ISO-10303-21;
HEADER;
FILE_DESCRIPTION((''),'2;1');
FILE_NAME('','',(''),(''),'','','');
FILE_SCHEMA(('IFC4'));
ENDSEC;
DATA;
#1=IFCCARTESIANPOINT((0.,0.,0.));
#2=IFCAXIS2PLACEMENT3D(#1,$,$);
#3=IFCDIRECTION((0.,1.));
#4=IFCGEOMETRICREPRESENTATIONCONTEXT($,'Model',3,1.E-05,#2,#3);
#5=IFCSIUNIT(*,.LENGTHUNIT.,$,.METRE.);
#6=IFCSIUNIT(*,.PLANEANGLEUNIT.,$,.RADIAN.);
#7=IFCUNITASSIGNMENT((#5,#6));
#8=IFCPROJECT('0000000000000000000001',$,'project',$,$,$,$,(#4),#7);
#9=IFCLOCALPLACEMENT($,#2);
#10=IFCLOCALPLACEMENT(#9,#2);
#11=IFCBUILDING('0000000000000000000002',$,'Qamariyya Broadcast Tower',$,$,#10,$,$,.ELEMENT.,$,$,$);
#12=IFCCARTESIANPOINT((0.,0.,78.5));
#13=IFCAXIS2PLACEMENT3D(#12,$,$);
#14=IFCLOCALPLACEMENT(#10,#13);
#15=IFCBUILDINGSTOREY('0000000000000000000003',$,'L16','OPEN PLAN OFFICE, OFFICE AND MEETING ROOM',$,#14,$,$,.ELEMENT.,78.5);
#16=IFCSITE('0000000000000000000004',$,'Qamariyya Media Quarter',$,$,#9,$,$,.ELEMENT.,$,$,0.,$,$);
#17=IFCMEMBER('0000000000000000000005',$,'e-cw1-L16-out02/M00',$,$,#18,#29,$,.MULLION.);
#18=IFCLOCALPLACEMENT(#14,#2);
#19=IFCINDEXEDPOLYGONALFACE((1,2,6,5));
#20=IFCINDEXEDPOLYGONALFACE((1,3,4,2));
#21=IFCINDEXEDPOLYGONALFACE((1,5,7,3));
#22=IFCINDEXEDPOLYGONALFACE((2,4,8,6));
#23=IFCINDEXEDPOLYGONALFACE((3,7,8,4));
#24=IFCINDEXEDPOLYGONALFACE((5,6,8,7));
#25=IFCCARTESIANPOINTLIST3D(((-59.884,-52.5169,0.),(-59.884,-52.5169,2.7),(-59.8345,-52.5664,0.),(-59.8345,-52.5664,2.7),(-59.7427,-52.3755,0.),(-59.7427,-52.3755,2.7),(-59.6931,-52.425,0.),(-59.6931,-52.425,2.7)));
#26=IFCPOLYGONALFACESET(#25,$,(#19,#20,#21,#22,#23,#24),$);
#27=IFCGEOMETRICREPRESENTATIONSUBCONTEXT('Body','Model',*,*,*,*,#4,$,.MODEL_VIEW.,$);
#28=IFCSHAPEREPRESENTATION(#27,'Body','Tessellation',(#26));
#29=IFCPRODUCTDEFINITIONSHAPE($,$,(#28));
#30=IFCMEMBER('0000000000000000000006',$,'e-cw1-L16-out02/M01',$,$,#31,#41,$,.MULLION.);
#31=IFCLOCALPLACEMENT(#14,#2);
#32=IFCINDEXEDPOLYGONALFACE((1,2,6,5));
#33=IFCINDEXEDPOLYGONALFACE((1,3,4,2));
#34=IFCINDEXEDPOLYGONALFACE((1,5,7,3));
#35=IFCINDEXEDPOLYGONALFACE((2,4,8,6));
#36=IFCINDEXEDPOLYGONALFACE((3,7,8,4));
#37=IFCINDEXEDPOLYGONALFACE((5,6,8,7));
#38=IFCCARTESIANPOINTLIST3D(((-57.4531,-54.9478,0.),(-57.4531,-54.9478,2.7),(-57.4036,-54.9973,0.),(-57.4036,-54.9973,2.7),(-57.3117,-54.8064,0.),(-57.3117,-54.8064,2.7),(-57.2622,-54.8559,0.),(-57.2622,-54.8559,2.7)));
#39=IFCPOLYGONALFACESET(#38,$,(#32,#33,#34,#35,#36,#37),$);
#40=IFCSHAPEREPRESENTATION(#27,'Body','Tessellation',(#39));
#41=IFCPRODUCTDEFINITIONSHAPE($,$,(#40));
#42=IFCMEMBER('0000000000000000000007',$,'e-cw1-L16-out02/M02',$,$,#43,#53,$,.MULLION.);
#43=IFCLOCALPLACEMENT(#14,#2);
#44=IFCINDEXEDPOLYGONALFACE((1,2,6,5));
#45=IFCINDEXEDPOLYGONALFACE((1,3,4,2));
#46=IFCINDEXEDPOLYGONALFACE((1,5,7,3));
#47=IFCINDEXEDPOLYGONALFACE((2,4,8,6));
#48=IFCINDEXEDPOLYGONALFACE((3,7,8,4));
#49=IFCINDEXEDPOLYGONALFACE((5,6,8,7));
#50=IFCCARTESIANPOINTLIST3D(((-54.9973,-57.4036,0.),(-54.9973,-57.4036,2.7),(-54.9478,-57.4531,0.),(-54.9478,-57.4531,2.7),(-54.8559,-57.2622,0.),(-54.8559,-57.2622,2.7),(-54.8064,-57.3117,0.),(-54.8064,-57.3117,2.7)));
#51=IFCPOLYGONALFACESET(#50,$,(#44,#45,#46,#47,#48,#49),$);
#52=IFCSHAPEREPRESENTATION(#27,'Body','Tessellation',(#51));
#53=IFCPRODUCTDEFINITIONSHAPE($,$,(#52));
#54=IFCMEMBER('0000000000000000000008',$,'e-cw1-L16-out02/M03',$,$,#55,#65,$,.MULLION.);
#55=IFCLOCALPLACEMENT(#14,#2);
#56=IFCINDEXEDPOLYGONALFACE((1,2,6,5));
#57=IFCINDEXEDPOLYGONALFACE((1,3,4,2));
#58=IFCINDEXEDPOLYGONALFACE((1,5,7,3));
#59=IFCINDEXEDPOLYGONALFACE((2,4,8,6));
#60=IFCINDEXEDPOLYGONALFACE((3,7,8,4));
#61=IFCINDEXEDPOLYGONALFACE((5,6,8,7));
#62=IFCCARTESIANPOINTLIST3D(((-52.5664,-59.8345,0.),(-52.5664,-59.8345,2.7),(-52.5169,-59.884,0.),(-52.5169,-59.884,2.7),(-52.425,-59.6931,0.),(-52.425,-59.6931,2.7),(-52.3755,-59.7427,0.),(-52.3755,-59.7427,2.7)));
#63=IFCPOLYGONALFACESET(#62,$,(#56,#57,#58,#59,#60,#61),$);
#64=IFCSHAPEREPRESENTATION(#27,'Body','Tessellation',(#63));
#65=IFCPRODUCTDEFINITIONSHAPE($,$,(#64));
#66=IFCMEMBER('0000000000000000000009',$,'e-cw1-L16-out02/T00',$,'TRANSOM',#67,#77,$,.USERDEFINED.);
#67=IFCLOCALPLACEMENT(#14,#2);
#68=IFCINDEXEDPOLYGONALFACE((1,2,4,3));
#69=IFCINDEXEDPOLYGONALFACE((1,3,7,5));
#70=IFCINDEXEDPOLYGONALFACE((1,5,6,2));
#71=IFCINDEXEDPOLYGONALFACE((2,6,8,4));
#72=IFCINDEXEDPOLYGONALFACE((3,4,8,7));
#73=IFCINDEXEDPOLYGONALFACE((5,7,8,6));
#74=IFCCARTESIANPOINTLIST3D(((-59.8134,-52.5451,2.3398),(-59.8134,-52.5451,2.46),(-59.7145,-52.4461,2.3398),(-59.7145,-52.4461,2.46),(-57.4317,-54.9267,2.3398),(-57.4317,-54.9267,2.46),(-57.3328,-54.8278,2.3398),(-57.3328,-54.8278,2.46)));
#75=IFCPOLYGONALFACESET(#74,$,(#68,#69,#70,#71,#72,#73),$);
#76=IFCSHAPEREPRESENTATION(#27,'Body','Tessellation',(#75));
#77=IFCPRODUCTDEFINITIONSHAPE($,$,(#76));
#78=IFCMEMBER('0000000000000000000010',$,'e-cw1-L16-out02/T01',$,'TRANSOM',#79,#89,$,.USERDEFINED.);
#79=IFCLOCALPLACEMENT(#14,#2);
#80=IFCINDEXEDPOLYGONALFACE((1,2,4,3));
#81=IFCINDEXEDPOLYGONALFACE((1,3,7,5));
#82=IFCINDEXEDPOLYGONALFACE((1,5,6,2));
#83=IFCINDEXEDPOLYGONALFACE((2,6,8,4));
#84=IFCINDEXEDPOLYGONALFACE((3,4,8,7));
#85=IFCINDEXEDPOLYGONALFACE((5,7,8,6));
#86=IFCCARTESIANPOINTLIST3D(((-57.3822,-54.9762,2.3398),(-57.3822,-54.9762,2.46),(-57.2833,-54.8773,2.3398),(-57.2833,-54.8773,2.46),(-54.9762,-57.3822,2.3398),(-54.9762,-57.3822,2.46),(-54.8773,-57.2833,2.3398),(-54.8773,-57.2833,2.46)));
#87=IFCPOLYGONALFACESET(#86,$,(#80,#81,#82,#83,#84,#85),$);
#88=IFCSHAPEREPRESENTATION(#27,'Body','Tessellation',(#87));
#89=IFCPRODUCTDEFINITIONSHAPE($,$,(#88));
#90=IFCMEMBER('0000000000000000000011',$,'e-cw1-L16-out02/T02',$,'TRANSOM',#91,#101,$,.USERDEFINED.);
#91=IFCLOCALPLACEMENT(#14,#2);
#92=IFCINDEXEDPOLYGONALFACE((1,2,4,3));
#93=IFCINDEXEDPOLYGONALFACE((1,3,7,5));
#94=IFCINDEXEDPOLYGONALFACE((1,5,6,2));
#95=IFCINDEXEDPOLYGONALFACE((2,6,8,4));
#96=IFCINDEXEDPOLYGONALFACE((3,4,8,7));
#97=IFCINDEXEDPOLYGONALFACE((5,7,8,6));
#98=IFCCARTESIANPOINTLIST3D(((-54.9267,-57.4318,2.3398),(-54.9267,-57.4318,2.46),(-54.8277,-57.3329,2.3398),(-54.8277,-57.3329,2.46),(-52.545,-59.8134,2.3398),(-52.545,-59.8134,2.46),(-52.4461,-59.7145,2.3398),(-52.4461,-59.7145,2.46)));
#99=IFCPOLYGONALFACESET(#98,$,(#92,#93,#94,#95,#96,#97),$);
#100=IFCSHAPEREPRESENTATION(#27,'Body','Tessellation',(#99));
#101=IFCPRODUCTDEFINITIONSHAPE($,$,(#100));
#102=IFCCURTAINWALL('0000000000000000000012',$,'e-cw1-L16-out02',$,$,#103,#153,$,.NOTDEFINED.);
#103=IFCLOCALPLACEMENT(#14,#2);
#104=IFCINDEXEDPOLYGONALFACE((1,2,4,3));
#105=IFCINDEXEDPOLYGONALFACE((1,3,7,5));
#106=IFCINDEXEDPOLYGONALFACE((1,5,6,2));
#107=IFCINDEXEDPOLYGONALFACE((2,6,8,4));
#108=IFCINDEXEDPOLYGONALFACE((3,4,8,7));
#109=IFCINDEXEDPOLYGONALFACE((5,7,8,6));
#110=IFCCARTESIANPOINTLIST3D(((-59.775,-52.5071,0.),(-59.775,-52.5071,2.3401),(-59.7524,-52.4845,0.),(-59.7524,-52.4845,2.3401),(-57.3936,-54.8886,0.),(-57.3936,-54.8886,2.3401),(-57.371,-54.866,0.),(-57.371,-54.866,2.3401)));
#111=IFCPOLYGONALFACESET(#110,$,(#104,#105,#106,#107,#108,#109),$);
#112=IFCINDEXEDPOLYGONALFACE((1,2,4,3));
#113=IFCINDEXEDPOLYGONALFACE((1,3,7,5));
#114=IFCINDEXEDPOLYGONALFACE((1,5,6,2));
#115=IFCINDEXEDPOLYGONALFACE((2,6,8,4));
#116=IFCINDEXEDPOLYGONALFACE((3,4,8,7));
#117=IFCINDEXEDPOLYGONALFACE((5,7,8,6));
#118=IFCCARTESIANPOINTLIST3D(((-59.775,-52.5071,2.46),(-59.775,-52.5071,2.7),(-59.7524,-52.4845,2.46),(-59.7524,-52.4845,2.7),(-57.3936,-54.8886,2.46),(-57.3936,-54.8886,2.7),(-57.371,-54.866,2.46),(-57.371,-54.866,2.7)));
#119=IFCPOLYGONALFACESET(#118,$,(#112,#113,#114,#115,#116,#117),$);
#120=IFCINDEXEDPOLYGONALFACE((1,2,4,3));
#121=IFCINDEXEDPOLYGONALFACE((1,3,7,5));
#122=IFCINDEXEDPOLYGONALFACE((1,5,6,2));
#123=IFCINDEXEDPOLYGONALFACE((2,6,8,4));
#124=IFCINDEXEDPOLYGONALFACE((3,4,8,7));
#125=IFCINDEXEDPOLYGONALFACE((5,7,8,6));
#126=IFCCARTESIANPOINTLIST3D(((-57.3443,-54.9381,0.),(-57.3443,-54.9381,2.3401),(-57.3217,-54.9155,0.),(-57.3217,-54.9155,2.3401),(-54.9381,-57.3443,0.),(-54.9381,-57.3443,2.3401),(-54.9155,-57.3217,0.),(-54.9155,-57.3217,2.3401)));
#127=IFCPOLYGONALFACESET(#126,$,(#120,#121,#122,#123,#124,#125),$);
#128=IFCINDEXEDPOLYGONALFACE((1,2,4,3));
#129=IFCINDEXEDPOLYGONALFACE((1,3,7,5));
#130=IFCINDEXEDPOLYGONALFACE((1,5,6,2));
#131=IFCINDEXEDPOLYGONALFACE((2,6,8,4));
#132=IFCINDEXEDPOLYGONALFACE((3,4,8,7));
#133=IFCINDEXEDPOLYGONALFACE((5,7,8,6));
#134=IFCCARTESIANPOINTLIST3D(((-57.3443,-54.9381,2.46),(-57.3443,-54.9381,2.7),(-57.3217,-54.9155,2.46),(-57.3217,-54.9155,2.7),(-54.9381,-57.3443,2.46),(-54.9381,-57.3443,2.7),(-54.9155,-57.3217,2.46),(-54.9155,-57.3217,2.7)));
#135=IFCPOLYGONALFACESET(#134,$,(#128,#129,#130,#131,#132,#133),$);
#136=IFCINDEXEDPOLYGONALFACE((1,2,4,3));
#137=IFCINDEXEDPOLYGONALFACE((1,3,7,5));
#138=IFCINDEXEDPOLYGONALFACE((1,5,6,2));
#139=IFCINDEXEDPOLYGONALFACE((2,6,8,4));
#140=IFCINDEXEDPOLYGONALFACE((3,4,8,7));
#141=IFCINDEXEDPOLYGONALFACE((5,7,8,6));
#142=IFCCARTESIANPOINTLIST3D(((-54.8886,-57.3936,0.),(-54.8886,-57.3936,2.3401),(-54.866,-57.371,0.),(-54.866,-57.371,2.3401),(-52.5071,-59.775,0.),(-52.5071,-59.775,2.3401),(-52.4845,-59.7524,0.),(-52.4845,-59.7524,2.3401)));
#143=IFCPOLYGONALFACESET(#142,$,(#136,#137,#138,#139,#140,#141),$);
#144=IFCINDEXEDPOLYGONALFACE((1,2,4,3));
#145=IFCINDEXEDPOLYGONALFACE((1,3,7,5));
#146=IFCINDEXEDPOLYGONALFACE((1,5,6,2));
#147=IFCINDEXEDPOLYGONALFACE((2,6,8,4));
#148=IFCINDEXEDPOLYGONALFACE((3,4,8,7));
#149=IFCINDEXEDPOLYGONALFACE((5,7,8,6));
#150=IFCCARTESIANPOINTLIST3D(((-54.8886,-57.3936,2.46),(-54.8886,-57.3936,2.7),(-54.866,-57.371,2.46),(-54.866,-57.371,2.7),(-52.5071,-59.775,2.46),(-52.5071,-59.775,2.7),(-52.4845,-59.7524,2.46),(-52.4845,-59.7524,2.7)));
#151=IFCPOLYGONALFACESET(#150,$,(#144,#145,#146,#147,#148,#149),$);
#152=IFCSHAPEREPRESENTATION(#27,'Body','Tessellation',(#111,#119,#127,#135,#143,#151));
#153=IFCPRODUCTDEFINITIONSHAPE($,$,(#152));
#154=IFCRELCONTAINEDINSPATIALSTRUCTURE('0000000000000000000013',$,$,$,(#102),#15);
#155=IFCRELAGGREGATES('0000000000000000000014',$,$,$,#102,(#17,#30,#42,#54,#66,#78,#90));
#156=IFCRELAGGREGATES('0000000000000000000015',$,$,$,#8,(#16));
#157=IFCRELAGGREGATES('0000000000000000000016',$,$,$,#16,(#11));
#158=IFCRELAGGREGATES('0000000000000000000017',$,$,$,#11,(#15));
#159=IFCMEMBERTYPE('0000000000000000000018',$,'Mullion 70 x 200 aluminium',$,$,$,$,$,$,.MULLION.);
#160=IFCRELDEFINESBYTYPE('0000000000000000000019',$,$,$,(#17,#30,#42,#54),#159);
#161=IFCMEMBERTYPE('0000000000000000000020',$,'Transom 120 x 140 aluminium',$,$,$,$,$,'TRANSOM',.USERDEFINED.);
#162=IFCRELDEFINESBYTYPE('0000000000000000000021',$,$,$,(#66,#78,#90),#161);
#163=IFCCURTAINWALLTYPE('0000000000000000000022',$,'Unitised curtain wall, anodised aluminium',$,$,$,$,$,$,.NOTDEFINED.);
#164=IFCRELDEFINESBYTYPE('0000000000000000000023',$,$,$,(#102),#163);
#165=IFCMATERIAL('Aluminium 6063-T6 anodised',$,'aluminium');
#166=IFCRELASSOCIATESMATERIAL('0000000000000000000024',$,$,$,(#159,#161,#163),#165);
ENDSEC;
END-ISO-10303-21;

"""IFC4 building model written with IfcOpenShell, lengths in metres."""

from ifc_helpers import new_model, si_unit, direction, frame, origin, origin_2d, place, context, subcontext, project, spatial, rectangle, extrude, material, material_profile, profile_set, type_object, element, aggregate, save


model = new_model("IFC4")

# Units and contexts
model_context = context("Model", 3, precision=1e-05, world=origin(), true_north=direction((0.0, 1.0)))
body_context = subcontext(model_context, "Body", "Model", "MODEL_VIEW")
ifc_project = project(units=[si_unit("LENGTHUNIT", "METRE"), si_unit("PLANEANGLEUNIT", "RADIAN")], contexts=[model_context])

# Members
ifc_material = material(Name="Aluminium 6063-T6 anodised", Category="aluminium")
ifc_material_profile_1 = material_profile(ifc_material, rectangle(XDim=0.2, YDim=0.0701, at=origin_2d()))
ifc_profile_set_1 = profile_set([ifc_material_profile_1], Name="Aluminium 6063-T6 anodised")
member_type_1 = type_object("IfcMemberType", Name="Mullion 70 x 200 aluminium", PredefinedType="MULLION", material=ifc_profile_set_1)
site_placement = place(None, origin())
building_placement = place(site_placement, origin())
storey_placement = place(building_placement, frame((0.0, 0.0, 78.5)))
member_1_placement = place(storey_placement, frame((-59.7886, -52.4709, 0.0), z_axis=(0.0, 0.0, 1.0), x_axis=(0.707107, 0.707107, 0.0)))
member_1 = element("IfcMember", 1, at=member_1_placement, type_object=member_type_1, Name="e-cw1-L16-out02/M00", PredefinedType="MULLION", context=body_context, shape_type="SweptSolid", body=[
    extrude(rectangle(XDim=0.2, YDim=0.0701, at=origin_2d()), origin(), (0.0, 0.0, 1.0), 2.7),
])
member_2_placement = place(storey_placement, frame((-57.3577, -54.9019, 0.0), z_axis=(0.0, 0.0, 1.0), x_axis=(0.707107, 0.707107, 0.0)))
member_2 = element("IfcMember", 2, at=member_2_placement, type_object=member_type_1, Name="e-cw1-L16-out02/M01", PredefinedType="MULLION", context=body_context, shape_type="SweptSolid", body=[
    extrude(rectangle(XDim=0.2, YDim=0.0701, at=origin_2d()), origin(), (0.0, 0.0, 1.0), 2.7),
])
member_3_placement = place(storey_placement, frame((-54.9019, -57.3577, 0.0), z_axis=(0.0, 0.0, 1.0), x_axis=(0.707107, 0.707107, 0.0)))
member_3 = element("IfcMember", 3, at=member_3_placement, type_object=member_type_1, Name="e-cw1-L16-out02/M02", PredefinedType="MULLION", context=body_context, shape_type="SweptSolid", body=[
    extrude(rectangle(XDim=0.2, YDim=0.0701, at=origin_2d()), origin(), (0.0, 0.0, 1.0), 2.7),
])
member_4_placement = place(storey_placement, frame((-52.4709, -59.7886, 0.0), z_axis=(0.0, 0.0, 1.0), x_axis=(0.707107, 0.707107, 0.0)))
member_4 = element("IfcMember", 4, at=member_4_placement, type_object=member_type_1, Name="e-cw1-L16-out02/M03", PredefinedType="MULLION", context=body_context, shape_type="SweptSolid", body=[
    extrude(rectangle(XDim=0.2, YDim=0.0701, at=origin_2d()), origin(), (0.0, 0.0, 1.0), 2.7),
])
ifc_material_profile_2 = material_profile(ifc_material, rectangle(XDim=0.1399, YDim=0.1201, at=origin_2d()))
ifc_profile_set_2 = profile_set([ifc_material_profile_2], Name="Aluminium 6063-T6 anodised")
member_type_2 = type_object("IfcMemberType", Name="Transom 120 x 140 aluminium", ElementType="TRANSOM", PredefinedType="USERDEFINED", material=ifc_profile_set_2)
member_5_placement = place(storey_placement, frame((-59.7639, -52.4956, 2.3999), z_axis=(0.707107, -0.707107, 0.0), x_axis=(0.707107, 0.707107, 0.0)))
member_5 = element("IfcMember", 5, at=member_5_placement, type_object=member_type_2, Name="e-cw1-L16-out02/T00", ObjectType="TRANSOM", PredefinedType="USERDEFINED", context=body_context, shape_type="SweptSolid", body=[
    extrude(rectangle(XDim=0.1399, YDim=0.1201, at=origin_2d()), origin(), (0.0, 0.0, 1.0), 3.3682),
])
member_6_placement = place(storey_placement, frame((-57.3328, -54.9268, 2.3999), z_axis=(0.707107, -0.707107, 0.0), x_axis=(0.707107, 0.707107, 0.0)))
member_6 = element("IfcMember", 6, at=member_6_placement, type_object=member_type_2, Name="e-cw1-L16-out02/T01", ObjectType="TRANSOM", PredefinedType="USERDEFINED", context=body_context, shape_type="SweptSolid", body=[
    extrude(rectangle(XDim=0.1399, YDim=0.1201, at=origin_2d()), origin(), (0.0, 0.0, 1.0), 3.4026),
])
member_7_placement = place(storey_placement, frame((-54.8772, -57.3823, 2.3999), z_axis=(0.707107, -0.707107, 0.0), x_axis=(0.707107, 0.707107, 0.0)))
member_7 = element("IfcMember", 7, at=member_7_placement, type_object=member_type_2, Name="e-cw1-L16-out02/T02", ObjectType="TRANSOM", PredefinedType="USERDEFINED", context=body_context, shape_type="SweptSolid", body=[
    extrude(rectangle(XDim=0.1399, YDim=0.1201, at=origin_2d()), origin(), (0.0, 0.0, 1.0), 3.3682),
])

# Site, building, storey
site = spatial("IfcSite", under=ifc_project, at=site_placement, Name="Qamariyya Media Quarter", CompositionType="ELEMENT", RefElevation=0.0)
building = spatial("IfcBuilding", under=site, at=building_placement, Name="Qamariyya Broadcast Tower", CompositionType="ELEMENT")
storey = spatial("IfcBuildingStorey", under=building, at=storey_placement, Name="L16", Description="OPEN PLAN OFFICE, OFFICE AND MEETING ROOM", CompositionType="ELEMENT", Elevation=78.5)

# Curtain wall
curtain_wall_type = type_object("IfcCurtainWallType", Name="Unitised curtain wall, anodised aluminium", PredefinedType="NOTDEFINED", material=ifc_material)
curtain_wall_1_placement = place(storey_placement, origin())
curtain_wall_1 = element("IfcCurtainWall", 8, at=curtain_wall_1_placement, inside=storey, type_object=curtain_wall_type, Name="e-cw1-L16-out02", PredefinedType="NOTDEFINED", context=body_context, shape_type="SweptSolid", body=[
    extrude(rectangle(XDim=3.3679, YDim=0.032, at=origin_2d()), frame((-58.573, -53.6865, 0.0), x_axis=(0.707107, -0.707107, 0.0)), (0.0, 0.0, 1.0), 2.3401),
    extrude(rectangle(XDim=3.3679, YDim=0.032, at=origin_2d()), frame((-58.573, -53.6865, 2.46), x_axis=(0.707107, -0.707107, 0.0)), (0.0, 0.0, 1.0), 0.24),
    extrude(rectangle(XDim=3.4028, YDim=0.032, at=origin_2d()), frame((-56.1299, -56.1299, 0.0), x_axis=(0.707107, -0.707107, 0.0)), (0.0, 0.0, 1.0), 2.3401),
    extrude(rectangle(XDim=3.4028, YDim=0.032, at=origin_2d()), frame((-56.1299, -56.1299, 2.46), x_axis=(0.707107, -0.707107, 0.0)), (0.0, 0.0, 1.0), 0.24),
    extrude(rectangle(XDim=3.3679, YDim=0.032, at=origin_2d()), frame((-53.6865, -58.573, 0.0), x_axis=(0.707107, -0.707107, 0.0)), (0.0, 0.0, 1.0), 2.3401),
    extrude(rectangle(XDim=3.3679, YDim=0.032, at=origin_2d()), frame((-53.6865, -58.573, 2.46), x_axis=(0.707107, -0.707107, 0.0)), (0.0, 0.0, 1.0), 0.24),
])
aggregate(curtain_wall_1, [member_1, member_2, member_3, member_4, member_5, member_6, member_7])

save(model, "model.ifc")
